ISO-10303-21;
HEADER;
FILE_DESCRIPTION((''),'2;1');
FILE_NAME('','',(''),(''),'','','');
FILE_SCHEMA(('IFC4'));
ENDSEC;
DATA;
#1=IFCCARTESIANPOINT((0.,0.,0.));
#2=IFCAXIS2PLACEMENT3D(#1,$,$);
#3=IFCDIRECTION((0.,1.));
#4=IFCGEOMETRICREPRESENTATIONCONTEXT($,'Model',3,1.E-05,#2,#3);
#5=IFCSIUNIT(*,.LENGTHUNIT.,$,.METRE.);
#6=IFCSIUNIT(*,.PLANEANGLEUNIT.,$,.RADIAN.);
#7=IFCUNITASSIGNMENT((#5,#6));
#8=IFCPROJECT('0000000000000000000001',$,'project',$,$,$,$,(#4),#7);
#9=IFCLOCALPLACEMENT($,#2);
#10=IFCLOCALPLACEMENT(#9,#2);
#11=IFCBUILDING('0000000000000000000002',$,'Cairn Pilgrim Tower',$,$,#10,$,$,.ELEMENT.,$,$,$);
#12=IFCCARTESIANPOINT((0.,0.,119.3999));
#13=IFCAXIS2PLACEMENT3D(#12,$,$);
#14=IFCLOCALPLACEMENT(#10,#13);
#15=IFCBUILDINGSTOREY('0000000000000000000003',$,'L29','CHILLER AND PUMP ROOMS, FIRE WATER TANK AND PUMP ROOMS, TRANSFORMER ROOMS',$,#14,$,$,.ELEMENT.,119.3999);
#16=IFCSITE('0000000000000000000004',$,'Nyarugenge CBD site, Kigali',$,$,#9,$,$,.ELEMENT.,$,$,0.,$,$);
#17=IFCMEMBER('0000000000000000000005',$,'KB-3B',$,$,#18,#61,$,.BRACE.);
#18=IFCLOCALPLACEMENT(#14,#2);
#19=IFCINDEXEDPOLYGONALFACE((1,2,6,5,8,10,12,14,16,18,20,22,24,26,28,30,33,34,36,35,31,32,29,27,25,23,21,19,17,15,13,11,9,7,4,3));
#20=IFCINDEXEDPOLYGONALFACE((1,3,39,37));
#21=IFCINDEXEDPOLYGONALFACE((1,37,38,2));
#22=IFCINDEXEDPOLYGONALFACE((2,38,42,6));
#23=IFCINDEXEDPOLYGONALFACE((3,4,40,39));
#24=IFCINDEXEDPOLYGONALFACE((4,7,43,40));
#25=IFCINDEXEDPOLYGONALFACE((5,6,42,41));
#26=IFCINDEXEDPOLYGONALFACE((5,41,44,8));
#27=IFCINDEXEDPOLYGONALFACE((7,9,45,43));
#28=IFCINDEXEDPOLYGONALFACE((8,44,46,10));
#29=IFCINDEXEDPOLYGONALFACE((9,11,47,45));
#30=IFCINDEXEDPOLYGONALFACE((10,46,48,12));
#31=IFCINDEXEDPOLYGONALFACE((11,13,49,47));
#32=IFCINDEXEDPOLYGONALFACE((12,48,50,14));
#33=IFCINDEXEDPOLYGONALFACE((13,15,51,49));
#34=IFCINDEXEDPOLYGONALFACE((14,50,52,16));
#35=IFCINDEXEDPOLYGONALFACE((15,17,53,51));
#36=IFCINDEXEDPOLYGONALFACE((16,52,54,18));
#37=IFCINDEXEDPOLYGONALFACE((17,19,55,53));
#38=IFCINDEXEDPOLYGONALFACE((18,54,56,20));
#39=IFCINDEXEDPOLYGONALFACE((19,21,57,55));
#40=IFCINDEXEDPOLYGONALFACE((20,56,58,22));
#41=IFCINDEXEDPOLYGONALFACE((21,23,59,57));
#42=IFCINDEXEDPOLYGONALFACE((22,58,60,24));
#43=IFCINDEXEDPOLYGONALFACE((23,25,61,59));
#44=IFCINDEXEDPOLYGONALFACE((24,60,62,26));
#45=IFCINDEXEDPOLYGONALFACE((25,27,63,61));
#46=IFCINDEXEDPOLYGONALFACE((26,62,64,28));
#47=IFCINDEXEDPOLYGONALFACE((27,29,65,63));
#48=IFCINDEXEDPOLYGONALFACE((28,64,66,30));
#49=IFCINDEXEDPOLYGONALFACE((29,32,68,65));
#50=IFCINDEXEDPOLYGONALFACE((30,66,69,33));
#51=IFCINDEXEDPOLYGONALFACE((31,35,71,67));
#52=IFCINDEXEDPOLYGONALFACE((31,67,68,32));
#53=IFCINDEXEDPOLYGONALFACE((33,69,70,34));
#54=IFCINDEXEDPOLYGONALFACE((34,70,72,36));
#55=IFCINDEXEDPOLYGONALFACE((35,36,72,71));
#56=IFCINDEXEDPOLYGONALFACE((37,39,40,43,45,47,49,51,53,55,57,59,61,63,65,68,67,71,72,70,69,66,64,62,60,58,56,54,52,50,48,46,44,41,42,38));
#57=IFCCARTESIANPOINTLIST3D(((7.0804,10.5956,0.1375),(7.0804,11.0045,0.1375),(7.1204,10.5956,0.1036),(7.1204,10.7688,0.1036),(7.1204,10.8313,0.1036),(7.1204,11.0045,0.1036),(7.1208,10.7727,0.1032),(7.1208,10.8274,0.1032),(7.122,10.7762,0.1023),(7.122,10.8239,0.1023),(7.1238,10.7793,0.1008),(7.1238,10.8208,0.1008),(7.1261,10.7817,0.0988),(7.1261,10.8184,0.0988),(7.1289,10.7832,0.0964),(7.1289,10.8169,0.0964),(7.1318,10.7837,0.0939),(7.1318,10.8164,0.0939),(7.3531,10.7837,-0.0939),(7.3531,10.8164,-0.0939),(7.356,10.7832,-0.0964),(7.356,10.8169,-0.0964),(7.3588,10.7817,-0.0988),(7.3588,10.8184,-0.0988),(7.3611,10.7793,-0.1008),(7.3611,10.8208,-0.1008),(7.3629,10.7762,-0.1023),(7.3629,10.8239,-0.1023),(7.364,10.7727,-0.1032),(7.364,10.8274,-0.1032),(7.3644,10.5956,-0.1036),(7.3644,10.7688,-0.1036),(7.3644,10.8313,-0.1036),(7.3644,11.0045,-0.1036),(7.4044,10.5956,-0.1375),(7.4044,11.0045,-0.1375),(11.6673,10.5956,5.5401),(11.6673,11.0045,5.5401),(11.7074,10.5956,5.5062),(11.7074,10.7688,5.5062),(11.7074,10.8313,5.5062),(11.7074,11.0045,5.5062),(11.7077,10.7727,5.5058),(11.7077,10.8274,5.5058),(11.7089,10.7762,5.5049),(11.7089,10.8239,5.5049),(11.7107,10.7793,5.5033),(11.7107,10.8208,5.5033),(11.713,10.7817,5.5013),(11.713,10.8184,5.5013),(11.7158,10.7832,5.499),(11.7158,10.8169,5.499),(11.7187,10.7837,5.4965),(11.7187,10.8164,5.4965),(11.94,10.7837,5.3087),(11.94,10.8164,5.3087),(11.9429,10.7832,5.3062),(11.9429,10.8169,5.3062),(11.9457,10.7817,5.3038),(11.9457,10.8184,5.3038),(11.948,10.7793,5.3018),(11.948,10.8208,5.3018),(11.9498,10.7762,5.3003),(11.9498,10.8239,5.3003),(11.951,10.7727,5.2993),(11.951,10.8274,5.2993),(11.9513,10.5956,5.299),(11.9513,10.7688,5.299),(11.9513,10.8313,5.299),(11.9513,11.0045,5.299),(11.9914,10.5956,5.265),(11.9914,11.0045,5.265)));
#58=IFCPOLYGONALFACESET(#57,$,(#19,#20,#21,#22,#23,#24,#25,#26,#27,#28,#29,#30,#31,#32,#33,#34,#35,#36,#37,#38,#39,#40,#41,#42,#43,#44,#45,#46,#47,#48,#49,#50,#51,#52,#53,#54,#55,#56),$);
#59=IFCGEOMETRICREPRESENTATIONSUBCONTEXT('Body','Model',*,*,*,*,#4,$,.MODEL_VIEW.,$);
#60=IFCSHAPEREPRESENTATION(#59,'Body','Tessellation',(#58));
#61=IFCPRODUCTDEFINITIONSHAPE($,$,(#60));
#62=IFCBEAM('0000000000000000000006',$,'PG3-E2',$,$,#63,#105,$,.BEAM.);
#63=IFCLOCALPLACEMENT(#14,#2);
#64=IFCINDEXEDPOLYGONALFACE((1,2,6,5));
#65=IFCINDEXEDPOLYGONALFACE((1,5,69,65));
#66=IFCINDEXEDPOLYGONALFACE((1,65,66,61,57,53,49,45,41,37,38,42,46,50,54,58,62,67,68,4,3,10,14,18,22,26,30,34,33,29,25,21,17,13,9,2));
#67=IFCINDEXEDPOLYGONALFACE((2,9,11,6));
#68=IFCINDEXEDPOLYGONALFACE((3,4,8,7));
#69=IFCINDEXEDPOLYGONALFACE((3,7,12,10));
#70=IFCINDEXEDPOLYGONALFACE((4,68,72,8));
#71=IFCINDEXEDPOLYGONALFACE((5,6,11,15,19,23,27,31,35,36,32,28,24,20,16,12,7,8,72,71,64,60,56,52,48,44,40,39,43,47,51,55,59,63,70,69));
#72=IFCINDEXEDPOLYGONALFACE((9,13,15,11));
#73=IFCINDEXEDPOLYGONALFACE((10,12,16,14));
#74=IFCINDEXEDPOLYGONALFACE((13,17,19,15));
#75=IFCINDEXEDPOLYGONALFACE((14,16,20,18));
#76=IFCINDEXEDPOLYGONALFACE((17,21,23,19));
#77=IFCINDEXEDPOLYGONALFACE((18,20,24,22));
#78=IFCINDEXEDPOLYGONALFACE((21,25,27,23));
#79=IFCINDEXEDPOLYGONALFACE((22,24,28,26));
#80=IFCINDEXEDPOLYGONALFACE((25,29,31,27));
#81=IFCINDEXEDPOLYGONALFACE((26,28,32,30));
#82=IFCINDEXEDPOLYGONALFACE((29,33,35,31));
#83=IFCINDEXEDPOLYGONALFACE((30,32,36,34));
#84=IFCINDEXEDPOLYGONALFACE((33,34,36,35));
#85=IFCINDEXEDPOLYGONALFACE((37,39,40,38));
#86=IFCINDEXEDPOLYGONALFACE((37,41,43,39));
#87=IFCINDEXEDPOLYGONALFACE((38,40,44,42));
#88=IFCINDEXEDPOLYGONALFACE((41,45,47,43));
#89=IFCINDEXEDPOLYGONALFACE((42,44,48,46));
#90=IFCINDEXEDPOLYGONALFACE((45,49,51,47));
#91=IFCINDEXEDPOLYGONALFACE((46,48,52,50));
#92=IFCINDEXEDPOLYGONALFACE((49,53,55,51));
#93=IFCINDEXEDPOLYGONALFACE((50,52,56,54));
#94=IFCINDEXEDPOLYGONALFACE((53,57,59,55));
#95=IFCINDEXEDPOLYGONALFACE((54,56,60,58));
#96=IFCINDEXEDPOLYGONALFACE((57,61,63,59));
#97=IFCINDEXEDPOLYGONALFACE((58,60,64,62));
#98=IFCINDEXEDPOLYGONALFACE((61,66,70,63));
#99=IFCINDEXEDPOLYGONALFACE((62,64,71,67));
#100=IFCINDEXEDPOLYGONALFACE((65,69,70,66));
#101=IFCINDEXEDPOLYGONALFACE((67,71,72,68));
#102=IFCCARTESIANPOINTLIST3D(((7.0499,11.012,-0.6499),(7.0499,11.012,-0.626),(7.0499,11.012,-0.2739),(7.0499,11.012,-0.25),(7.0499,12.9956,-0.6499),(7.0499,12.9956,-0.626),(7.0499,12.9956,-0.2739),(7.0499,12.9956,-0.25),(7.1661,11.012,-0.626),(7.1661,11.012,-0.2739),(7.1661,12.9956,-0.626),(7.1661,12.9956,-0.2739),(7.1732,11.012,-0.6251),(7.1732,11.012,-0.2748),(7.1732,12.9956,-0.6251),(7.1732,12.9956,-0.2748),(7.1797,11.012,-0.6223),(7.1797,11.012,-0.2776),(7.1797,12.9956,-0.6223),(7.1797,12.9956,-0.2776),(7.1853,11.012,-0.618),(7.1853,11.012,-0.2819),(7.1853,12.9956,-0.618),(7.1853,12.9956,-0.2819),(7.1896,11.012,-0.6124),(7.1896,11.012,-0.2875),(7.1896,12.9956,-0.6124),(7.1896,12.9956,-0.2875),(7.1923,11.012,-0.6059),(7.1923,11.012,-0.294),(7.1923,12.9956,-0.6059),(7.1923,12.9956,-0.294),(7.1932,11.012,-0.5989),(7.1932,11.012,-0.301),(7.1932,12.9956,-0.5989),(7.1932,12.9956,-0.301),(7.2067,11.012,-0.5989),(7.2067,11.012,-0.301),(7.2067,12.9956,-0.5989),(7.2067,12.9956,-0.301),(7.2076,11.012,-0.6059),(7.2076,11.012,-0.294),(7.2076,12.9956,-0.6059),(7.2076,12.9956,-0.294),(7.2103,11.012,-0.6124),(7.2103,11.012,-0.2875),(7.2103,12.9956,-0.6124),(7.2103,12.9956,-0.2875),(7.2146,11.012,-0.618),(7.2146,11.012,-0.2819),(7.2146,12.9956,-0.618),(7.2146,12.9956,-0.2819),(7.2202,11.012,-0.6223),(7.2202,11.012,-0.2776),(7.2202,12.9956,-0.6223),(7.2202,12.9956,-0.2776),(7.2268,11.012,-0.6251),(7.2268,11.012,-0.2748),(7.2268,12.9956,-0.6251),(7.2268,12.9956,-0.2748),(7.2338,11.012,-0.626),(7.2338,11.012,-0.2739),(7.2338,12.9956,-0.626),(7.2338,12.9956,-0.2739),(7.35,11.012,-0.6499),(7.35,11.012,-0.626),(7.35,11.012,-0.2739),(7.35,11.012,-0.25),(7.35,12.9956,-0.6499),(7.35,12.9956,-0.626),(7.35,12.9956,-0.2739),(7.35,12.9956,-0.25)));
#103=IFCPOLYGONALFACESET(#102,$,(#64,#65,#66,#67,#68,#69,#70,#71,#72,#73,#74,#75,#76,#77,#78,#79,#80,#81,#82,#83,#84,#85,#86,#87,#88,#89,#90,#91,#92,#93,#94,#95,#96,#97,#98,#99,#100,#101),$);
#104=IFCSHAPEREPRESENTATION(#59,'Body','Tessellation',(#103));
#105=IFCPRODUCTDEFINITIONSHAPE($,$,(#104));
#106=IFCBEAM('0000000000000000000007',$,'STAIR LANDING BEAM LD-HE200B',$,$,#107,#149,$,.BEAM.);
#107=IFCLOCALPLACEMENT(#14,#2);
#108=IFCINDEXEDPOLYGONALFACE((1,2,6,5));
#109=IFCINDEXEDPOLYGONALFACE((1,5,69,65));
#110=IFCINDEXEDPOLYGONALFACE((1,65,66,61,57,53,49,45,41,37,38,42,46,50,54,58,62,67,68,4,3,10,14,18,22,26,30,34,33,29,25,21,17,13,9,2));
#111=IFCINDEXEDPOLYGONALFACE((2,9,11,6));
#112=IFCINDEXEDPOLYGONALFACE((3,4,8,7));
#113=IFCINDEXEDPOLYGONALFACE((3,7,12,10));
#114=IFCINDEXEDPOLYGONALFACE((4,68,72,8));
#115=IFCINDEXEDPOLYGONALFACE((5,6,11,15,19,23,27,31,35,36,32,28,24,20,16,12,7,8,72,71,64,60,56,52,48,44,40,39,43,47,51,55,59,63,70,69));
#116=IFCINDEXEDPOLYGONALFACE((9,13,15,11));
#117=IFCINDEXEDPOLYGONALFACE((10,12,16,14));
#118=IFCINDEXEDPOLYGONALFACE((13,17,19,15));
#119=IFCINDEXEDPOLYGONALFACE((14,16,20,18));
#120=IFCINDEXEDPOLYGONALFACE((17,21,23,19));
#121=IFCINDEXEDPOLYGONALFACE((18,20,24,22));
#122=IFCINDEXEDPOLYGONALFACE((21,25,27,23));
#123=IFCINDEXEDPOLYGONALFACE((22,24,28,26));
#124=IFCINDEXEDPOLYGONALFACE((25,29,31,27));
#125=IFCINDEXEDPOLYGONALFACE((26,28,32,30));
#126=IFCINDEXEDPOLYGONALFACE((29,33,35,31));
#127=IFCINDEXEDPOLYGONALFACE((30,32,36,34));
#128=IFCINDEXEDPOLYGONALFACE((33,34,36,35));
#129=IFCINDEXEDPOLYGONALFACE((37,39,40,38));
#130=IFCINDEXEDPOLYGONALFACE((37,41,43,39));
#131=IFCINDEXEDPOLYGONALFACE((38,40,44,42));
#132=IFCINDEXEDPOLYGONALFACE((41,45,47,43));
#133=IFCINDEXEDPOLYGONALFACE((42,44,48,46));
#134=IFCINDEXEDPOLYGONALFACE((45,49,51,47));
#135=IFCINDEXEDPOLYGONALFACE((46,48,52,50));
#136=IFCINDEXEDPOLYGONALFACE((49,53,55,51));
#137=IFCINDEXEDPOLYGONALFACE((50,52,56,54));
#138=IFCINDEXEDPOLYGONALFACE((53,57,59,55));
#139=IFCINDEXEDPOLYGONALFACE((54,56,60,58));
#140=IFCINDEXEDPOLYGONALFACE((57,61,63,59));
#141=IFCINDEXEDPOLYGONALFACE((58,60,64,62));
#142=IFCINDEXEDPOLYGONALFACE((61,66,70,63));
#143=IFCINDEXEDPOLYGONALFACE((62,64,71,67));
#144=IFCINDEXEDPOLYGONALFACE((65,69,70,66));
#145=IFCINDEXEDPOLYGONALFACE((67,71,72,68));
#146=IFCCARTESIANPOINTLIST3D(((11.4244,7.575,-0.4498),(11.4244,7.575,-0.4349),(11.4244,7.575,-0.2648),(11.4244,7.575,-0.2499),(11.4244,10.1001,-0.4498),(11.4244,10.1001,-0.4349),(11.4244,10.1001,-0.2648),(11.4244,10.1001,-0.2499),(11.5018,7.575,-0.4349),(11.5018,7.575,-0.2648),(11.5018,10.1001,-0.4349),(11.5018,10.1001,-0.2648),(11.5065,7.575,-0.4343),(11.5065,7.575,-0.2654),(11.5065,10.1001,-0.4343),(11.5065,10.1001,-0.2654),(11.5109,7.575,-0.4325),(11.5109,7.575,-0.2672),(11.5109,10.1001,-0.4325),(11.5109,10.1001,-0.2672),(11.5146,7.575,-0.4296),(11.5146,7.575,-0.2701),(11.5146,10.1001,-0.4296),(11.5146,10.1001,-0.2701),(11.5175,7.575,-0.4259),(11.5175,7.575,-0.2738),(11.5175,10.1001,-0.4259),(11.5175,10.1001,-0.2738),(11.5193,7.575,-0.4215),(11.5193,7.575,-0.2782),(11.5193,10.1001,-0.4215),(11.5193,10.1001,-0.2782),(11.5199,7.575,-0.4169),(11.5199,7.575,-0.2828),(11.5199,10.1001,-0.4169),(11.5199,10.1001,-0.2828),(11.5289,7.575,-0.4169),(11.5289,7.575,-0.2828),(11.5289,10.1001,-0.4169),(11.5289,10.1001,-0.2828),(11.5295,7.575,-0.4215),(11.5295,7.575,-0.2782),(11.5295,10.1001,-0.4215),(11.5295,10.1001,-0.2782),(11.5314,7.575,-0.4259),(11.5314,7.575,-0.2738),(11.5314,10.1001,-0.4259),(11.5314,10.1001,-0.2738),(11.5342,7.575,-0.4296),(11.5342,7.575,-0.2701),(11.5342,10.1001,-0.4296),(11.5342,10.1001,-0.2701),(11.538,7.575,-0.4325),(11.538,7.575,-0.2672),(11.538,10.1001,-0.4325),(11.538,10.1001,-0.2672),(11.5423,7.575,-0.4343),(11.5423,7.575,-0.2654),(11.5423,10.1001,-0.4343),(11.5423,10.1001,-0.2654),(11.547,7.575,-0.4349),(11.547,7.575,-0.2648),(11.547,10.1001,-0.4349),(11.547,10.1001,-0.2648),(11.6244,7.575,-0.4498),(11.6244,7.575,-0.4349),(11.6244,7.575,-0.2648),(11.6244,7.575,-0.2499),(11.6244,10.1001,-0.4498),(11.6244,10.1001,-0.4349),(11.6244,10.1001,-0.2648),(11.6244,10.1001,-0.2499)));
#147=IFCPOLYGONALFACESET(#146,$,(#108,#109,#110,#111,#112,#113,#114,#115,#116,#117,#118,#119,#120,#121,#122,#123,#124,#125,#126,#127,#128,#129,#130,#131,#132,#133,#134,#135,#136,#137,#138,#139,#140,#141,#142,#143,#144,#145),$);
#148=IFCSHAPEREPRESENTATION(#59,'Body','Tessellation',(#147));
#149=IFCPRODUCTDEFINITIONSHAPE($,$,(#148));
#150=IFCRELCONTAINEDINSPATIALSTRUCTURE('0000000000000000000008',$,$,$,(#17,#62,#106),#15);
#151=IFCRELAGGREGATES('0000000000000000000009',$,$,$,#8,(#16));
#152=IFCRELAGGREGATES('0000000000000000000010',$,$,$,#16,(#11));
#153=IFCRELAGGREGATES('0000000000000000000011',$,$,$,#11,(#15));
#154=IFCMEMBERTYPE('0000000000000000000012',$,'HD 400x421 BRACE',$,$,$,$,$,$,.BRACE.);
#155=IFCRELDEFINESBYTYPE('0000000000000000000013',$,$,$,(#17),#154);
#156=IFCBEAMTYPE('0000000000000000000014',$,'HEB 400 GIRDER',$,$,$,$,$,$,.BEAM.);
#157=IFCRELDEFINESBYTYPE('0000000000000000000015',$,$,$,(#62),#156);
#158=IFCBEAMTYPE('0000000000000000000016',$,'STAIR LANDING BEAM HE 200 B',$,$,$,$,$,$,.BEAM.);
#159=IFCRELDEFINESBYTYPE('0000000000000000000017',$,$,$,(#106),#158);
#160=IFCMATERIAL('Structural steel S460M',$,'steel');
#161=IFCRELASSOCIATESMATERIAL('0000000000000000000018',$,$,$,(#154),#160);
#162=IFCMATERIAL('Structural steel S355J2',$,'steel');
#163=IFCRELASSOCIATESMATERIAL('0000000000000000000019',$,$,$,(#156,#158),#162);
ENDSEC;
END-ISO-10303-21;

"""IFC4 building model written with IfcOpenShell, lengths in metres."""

from ifc_helpers import new_model, si_unit, direction, frame, origin, origin_2d, place, context, subcontext, project, spatial, i_section, extrude, material, material_profile, profile_set, type_object, element, save


model = new_model("IFC4")

# Units and contexts
model_context = context("Model", 3, precision=1e-05, world=origin(), true_north=direction((0.0, 1.0)))
body_context = subcontext(model_context, "Body", "Model", "MODEL_VIEW")
ifc_project = project(units=[si_unit("LENGTHUNIT", "METRE"), si_unit("PLANEANGLEUNIT", "RADIAN")], contexts=[model_context])

# Site, building, storey
site_placement = place(None, origin())
site = spatial("IfcSite", under=ifc_project, at=site_placement, Name="Nyarugenge CBD site, Kigali", CompositionType="ELEMENT", RefElevation=0.0)
building_placement = place(site_placement, origin())
building = spatial("IfcBuilding", under=site, at=building_placement, Name="Cairn Pilgrim Tower", CompositionType="ELEMENT")
storey_placement = place(building_placement, frame((0.0, 0.0, 119.3999)))
storey = spatial("IfcBuildingStorey", under=building, at=storey_placement, Name="L29", Description="CHILLER AND PUMP ROOMS, FIRE WATER TANK AND PUMP ROOMS, TRANSFORMER ROOMS", CompositionType="ELEMENT", Elevation=119.3999)

# Member
ifc_material_1 = material(Name="Structural steel S460M", Category="steel")
ifc_material_profile_1 = material_profile(ifc_material_1, i_section(OverallWidth=0.4089, OverallDepth=0.425, WebThickness=0.0327, FlangeThickness=0.0525, FilletRadius=0.0149, at=origin_2d()), Name="HD 400x421")
ifc_profile_set_1 = profile_set([ifc_material_profile_1], Name="Structural steel S460M")
member_type = type_object("IfcMemberType", Name="HD 400x421 BRACE", PredefinedType="BRACE", material=ifc_profile_set_1)
member_placement = place(storey_placement, frame((7.2424, 10.8, 0.0), z_axis=(0.647215, 0.0, 0.762307), x_axis=(0.0, 1.0, 0.0)))
element("IfcMember", 1, at=member_placement, inside=storey, type_object=member_type, Name="KB-3B", PredefinedType="BRACE", context=body_context, shape_type="SweptSolid", body=[
    extrude(i_section(OverallWidth=0.4089, OverallDepth=0.425, WebThickness=0.0327, FlangeThickness=0.0525, FilletRadius=0.0149, at=origin_2d()), origin(), (0.0, 0.0, 1.0), 7.0872),
])

# Beams
ifc_material_2 = material(Name="Structural steel S355J2", Category="steel")
ifc_material_profile_2 = material_profile(ifc_material_2, i_section(OverallWidth=0.3, OverallDepth=0.3999, WebThickness=0.0134, FlangeThickness=0.0239, FilletRadius=0.0271, at=origin_2d()), Name="HEB 400")
ifc_profile_set_2 = profile_set([ifc_material_profile_2], Name="Structural steel S355J2")
beam_type_1 = type_object("IfcBeamType", Name="HEB 400 GIRDER", PredefinedType="BEAM", material=ifc_profile_set_2)
beam_1_placement = place(storey_placement, frame((7.2, 11.012, -0.45), z_axis=(0.0, 1.0, 0.0), x_axis=(-1.0, 0.0, 0.0)))
element("IfcBeam", 2, at=beam_1_placement, inside=storey, type_object=beam_type_1, Name="PG3-E2", PredefinedType="BEAM", context=body_context, shape_type="SweptSolid", body=[
    extrude(i_section(OverallWidth=0.3, OverallDepth=0.3999, WebThickness=0.0134, FlangeThickness=0.0239, FilletRadius=0.0271, at=origin_2d()), origin(), (0.0, 0.0, 1.0), 1.9836),
])
ifc_material_profile_3 = material_profile(ifc_material_2, i_section(OverallWidth=0.2, OverallDepth=0.2, WebThickness=0.009, FlangeThickness=0.0149, FilletRadius=0.0181, at=origin_2d()), Name="HE 200 B")
ifc_profile_set_3 = profile_set([ifc_material_profile_3], Name="Structural steel S355J2")
beam_type_2 = type_object("IfcBeamType", Name="STAIR LANDING BEAM HE 200 B", PredefinedType="BEAM", material=ifc_profile_set_3)
beam_2_placement = place(storey_placement, frame((11.5244, 10.1001, -0.3499), z_axis=(0.0, -1.0, 0.0), x_axis=(1.0, 0.0, 0.0)))
element("IfcBeam", 3, at=beam_2_placement, inside=storey, type_object=beam_type_2, Name="STAIR LANDING BEAM LD-HE200B", PredefinedType="BEAM", context=body_context, shape_type="SweptSolid", body=[
    extrude(i_section(OverallWidth=0.2, OverallDepth=0.2, WebThickness=0.009, FlangeThickness=0.0149, FilletRadius=0.0181, at=origin_2d()), origin(), (0.0, 0.0, 1.0), 2.5251),
])

save(model, "model.ifc")
